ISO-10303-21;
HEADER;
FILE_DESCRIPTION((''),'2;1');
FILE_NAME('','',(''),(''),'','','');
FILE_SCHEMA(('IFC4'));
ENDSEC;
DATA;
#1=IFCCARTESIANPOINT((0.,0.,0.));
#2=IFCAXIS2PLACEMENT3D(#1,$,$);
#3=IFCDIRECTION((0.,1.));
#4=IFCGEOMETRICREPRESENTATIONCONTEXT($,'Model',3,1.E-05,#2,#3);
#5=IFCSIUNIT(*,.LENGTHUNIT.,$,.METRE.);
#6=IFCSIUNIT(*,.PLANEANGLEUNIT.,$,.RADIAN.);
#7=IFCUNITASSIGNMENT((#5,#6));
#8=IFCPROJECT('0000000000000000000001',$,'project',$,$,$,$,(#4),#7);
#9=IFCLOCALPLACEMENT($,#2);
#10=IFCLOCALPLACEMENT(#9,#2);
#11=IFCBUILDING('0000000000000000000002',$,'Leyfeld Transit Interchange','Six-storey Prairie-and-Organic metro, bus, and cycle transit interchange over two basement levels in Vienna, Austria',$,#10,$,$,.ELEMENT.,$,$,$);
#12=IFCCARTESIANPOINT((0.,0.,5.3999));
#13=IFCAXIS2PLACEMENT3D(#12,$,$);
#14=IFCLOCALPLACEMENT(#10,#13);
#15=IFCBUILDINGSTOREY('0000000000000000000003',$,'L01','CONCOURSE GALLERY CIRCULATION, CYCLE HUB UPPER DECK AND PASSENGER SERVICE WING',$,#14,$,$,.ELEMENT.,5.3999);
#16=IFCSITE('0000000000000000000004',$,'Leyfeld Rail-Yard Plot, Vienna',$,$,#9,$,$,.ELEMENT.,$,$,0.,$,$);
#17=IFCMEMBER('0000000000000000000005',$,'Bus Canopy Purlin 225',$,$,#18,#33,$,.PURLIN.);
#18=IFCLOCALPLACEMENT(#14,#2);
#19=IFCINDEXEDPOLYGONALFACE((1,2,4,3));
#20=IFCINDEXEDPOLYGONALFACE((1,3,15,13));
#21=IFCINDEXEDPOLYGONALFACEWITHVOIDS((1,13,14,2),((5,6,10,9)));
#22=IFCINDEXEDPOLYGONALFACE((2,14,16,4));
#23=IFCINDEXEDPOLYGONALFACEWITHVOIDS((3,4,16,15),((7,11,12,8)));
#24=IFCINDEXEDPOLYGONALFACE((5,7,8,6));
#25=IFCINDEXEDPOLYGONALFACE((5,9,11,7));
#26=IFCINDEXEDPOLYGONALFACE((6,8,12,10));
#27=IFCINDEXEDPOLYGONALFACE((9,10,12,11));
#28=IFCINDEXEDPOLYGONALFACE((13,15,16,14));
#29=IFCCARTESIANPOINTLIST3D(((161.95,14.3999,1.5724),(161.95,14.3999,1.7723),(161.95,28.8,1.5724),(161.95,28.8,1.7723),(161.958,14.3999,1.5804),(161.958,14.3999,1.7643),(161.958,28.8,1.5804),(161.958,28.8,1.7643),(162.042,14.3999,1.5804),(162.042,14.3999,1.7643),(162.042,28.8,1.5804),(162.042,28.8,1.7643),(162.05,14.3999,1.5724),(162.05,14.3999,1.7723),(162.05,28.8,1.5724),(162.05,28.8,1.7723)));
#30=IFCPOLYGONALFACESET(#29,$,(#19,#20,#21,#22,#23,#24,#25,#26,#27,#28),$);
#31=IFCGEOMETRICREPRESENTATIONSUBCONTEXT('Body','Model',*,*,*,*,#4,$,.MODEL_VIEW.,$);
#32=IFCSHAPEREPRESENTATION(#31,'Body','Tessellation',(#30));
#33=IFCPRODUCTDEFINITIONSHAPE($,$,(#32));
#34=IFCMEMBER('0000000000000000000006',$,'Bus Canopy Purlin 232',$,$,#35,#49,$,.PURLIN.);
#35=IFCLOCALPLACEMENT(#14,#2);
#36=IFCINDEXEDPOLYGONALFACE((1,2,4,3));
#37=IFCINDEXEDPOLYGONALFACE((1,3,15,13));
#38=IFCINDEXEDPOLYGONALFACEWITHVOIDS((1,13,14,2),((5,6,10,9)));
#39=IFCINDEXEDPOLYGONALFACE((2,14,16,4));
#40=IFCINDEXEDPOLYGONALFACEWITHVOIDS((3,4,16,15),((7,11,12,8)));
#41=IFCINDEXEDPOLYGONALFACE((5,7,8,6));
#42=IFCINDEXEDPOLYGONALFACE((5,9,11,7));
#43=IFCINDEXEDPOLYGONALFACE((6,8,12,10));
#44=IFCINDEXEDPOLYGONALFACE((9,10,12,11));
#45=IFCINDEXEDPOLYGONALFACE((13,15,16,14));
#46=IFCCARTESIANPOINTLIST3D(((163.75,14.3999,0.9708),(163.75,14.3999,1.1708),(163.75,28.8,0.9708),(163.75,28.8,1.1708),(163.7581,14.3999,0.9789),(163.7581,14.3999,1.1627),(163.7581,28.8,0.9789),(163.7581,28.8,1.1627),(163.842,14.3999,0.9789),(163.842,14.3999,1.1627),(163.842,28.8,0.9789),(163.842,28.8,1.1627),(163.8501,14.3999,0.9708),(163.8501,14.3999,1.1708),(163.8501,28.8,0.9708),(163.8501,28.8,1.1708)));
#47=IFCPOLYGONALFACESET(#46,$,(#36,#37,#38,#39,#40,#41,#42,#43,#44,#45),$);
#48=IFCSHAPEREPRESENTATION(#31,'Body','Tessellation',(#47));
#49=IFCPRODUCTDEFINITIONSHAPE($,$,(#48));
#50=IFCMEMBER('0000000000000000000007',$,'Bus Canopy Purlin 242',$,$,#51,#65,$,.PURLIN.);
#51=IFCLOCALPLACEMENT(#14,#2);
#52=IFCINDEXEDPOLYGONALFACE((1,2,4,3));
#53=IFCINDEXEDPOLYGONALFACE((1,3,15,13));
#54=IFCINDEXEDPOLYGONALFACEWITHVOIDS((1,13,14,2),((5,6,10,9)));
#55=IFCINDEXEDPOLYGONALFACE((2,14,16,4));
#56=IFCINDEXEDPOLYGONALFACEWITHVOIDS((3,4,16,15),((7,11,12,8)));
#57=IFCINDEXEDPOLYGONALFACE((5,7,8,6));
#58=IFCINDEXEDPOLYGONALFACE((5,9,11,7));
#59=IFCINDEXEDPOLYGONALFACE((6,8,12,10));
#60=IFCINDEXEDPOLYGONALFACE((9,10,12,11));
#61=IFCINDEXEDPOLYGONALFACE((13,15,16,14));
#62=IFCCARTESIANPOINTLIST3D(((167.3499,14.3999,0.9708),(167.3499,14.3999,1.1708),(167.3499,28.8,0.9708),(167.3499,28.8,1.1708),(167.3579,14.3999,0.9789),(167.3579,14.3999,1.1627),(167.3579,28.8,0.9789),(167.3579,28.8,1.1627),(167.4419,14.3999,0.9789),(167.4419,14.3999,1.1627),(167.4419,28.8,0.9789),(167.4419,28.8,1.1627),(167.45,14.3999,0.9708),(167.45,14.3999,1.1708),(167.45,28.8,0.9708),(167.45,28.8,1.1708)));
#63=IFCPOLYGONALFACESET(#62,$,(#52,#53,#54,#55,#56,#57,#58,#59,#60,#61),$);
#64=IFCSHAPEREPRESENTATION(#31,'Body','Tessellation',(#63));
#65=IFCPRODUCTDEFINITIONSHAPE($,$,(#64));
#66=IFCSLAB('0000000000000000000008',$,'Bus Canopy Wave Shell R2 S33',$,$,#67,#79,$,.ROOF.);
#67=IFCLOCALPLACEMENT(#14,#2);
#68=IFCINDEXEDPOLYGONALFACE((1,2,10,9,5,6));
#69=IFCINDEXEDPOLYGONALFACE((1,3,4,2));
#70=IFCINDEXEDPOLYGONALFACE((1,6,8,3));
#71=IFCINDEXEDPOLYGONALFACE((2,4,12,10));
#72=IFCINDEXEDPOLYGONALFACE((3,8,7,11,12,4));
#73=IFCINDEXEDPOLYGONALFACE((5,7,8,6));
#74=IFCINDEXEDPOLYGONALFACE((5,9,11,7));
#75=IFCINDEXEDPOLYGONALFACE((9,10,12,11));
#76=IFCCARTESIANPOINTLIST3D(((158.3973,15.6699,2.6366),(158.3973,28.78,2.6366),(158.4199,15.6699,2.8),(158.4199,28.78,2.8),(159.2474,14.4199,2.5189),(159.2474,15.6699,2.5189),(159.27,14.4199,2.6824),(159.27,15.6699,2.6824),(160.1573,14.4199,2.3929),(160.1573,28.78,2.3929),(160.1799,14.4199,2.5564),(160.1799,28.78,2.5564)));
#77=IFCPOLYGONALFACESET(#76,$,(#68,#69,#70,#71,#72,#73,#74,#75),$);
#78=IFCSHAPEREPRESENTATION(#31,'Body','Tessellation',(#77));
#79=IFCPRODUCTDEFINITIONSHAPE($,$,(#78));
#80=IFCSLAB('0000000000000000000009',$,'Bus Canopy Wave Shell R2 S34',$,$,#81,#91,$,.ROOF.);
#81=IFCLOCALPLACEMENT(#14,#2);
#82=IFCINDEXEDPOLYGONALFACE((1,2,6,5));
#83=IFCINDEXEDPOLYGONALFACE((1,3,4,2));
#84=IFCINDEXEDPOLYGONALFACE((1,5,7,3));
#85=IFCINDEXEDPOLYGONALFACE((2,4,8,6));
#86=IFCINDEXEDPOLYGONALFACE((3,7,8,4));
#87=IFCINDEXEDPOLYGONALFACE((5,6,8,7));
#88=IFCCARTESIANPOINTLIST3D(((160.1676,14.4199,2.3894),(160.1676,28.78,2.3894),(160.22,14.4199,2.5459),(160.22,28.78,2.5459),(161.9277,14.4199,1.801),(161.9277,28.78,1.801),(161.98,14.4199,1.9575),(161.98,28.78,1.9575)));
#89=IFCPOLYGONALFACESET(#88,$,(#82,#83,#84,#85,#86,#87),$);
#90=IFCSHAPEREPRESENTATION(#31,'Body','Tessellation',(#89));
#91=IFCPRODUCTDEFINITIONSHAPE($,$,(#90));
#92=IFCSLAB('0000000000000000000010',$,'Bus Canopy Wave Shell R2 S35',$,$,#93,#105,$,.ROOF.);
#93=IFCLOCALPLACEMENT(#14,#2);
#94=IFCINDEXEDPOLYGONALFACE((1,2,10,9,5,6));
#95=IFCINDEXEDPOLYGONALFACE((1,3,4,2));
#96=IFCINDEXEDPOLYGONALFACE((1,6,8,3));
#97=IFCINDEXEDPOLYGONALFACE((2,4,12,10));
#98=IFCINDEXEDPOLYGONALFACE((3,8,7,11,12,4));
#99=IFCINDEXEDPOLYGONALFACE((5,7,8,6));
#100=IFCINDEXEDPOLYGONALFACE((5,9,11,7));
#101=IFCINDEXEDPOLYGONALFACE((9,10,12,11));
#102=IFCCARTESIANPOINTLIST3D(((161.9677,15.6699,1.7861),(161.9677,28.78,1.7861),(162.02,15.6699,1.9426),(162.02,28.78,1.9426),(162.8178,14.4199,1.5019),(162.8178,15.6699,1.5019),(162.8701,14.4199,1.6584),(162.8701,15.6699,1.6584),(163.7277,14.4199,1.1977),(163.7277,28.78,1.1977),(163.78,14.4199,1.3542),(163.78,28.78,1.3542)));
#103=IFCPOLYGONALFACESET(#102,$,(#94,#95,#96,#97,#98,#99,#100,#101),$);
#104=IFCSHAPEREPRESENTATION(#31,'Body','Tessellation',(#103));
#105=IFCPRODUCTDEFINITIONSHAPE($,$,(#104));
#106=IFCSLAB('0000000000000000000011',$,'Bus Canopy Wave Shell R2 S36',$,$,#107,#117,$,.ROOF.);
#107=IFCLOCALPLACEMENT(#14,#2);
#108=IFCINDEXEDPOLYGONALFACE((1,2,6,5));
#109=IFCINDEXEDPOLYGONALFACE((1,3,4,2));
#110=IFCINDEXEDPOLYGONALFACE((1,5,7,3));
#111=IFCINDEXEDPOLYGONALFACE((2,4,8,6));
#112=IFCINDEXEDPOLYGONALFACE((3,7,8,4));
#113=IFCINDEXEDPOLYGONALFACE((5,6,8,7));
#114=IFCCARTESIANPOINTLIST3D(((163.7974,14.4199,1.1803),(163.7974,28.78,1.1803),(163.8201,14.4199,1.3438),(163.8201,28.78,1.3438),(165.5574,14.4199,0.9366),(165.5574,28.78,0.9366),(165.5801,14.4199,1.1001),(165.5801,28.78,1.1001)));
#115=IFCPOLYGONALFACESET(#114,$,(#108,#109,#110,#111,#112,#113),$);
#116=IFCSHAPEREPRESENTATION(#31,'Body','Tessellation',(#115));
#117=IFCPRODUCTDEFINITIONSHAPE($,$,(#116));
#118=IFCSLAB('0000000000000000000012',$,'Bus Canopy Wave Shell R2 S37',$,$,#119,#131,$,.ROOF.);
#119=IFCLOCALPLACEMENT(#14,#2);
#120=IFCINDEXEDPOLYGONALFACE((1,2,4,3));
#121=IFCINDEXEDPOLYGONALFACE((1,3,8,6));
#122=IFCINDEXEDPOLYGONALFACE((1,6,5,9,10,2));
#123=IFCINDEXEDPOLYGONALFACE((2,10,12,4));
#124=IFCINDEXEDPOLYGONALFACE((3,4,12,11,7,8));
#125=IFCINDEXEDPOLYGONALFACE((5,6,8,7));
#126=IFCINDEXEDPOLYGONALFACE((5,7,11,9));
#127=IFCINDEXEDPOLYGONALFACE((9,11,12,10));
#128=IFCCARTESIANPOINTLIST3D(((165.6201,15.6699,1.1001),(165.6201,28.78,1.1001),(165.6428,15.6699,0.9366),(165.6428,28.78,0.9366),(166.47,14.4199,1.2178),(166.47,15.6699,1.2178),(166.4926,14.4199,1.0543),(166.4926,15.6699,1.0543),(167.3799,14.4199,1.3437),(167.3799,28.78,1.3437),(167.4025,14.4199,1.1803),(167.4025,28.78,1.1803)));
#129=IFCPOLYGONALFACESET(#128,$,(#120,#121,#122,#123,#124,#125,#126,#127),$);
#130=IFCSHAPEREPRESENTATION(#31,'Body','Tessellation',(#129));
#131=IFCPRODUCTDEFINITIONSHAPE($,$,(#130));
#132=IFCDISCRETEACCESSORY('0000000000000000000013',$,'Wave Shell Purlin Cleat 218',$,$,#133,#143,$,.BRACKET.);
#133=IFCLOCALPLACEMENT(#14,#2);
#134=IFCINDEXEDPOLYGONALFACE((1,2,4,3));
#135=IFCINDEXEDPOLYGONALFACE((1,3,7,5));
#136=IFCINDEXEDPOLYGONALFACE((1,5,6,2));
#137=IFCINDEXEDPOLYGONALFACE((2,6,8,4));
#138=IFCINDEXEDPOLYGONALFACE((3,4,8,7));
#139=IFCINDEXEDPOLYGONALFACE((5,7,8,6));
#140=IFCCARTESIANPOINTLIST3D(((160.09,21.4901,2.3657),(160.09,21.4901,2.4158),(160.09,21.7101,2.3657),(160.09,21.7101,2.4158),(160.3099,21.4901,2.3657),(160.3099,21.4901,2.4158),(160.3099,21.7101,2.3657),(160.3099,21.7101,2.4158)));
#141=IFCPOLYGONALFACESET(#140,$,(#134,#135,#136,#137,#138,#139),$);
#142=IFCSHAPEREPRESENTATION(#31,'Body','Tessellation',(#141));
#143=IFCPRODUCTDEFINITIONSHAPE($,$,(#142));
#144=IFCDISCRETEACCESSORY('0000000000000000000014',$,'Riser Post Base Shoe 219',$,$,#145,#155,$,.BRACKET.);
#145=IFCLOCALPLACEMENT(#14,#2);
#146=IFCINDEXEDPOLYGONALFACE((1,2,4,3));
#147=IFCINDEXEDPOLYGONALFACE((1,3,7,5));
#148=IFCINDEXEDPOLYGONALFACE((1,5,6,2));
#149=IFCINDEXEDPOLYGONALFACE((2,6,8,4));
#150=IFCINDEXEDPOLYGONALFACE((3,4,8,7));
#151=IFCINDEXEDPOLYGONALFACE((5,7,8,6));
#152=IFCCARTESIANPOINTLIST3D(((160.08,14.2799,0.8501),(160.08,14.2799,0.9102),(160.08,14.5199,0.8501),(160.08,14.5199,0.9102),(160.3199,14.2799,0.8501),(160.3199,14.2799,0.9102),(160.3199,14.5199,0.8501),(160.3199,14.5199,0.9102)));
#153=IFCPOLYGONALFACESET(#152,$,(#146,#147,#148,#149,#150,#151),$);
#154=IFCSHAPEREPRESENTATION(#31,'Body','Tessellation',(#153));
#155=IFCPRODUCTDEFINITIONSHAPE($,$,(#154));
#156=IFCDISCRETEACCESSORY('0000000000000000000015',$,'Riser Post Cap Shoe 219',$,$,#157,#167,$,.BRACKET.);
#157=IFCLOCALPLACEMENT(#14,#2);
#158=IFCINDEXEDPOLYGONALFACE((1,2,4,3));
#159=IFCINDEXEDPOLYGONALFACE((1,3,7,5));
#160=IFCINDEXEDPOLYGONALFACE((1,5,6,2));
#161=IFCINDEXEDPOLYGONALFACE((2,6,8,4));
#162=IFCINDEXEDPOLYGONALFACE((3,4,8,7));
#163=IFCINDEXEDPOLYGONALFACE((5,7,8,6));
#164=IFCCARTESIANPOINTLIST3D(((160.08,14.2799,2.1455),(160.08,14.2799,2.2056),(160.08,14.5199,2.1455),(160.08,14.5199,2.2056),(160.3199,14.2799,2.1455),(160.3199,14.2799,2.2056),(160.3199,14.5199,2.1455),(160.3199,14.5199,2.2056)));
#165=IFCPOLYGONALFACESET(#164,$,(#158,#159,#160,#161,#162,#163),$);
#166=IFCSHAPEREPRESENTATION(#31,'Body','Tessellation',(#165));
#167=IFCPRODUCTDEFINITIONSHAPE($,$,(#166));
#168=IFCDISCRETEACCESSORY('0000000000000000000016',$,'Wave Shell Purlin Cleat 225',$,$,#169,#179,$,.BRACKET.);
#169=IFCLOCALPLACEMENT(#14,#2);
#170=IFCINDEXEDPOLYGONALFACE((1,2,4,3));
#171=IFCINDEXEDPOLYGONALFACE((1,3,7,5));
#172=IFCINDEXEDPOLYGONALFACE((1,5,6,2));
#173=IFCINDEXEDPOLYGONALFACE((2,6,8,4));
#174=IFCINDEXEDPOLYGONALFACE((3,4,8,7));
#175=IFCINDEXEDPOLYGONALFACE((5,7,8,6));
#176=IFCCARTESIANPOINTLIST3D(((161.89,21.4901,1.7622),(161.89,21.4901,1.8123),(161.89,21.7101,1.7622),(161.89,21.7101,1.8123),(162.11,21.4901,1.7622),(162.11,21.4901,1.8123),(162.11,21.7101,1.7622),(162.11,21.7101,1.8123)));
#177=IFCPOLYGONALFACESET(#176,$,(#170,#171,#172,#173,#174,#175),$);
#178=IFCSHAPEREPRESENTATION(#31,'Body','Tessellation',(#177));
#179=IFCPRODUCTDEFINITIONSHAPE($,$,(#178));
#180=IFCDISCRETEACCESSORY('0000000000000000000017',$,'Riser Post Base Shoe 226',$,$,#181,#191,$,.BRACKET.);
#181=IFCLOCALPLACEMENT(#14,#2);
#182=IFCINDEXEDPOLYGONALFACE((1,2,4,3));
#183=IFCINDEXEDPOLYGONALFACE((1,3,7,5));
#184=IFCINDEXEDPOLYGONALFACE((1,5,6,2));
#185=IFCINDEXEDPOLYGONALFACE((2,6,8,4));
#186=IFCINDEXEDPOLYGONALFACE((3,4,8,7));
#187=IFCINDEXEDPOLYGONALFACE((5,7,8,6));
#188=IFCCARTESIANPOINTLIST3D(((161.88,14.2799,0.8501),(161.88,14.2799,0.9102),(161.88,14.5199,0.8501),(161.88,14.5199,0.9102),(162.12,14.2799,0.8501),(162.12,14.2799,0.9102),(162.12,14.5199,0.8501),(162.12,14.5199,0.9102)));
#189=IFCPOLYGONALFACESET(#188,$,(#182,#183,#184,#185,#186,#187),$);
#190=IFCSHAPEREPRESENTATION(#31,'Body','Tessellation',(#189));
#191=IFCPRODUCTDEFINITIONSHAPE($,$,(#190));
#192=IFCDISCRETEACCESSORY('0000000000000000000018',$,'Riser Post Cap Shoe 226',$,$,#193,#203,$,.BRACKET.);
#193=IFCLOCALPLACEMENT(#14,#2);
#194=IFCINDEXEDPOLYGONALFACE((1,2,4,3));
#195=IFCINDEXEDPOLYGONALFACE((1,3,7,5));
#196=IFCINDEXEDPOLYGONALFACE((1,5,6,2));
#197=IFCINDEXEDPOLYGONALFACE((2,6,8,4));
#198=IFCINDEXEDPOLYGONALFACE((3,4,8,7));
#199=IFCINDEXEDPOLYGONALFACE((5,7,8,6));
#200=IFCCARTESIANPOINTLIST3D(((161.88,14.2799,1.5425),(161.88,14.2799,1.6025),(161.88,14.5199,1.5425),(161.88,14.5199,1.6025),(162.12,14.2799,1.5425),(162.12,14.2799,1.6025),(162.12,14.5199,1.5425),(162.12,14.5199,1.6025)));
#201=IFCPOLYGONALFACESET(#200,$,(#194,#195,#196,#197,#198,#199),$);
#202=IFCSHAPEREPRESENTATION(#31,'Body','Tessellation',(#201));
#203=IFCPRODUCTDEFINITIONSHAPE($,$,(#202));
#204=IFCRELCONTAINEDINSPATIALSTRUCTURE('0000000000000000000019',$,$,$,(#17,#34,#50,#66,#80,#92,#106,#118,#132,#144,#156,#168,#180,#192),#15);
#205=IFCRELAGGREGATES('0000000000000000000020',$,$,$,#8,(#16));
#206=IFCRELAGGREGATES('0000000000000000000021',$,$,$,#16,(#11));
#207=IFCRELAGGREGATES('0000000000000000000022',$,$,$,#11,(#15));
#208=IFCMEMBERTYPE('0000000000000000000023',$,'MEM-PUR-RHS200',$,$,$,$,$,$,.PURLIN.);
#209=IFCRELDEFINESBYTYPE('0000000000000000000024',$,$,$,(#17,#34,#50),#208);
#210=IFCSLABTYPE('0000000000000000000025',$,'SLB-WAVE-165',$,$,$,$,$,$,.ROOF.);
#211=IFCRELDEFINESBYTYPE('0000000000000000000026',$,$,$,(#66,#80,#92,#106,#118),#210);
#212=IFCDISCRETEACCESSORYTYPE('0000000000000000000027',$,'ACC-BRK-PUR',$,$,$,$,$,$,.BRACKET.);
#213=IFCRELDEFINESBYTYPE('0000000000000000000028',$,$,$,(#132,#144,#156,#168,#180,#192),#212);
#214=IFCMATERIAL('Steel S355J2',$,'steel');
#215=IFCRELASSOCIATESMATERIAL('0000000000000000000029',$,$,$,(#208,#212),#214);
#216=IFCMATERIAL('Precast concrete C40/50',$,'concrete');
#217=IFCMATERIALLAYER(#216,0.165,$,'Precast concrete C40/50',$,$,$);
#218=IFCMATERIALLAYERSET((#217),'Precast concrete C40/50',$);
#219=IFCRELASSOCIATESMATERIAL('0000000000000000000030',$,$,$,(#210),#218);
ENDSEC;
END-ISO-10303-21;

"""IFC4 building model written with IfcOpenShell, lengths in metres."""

from ifc_helpers import new_model, si_unit, direction, frame, origin, origin_2d, place, context, subcontext, project, spatial, polyline, rectangle, hollow_rectangle, outline, extrude, material, layer, layer_set, material_profile, profile_set, type_object, element, save


model = new_model("IFC4")

# Units and contexts
model_context = context("Model", 3, precision=1e-05, world=origin(), true_north=direction((0.0, 1.0)))
body_context = subcontext(model_context, "Body", "Model", "MODEL_VIEW")
ifc_project = project(units=[si_unit("LENGTHUNIT", "METRE"), si_unit("PLANEANGLEUNIT", "RADIAN")], contexts=[model_context])

# Site, building, storey
site_placement = place(None, origin())
site = spatial("IfcSite", under=ifc_project, at=site_placement, Name="Leyfeld Rail-Yard Plot, Vienna", CompositionType="ELEMENT", RefElevation=0.0)
building_placement = place(site_placement, origin())
building = spatial("IfcBuilding", under=site, at=building_placement, Name="Leyfeld Transit Interchange", Description="Six-storey Prairie-and-Organic metro, bus, and cycle transit interchange over two basement levels in Vienna, Austria", CompositionType="ELEMENT")
storey_placement = place(building_placement, frame((0.0, 0.0, 5.3999)))
storey = spatial("IfcBuildingStorey", under=building, at=storey_placement, Name="L01", Description="CONCOURSE GALLERY CIRCULATION, CYCLE HUB UPPER DECK AND PASSENGER SERVICE WING", CompositionType="ELEMENT", Elevation=5.3999)

# Members
ifc_material_1 = material(Name="Steel S355J2", Category="steel")
ifc_material_profile_1 = material_profile(ifc_material_1, hollow_rectangle(XDim=0.1001, YDim=0.2, WallThickness=0.0081, at=origin_2d()), Name="RHS 200x100x8")
ifc_profile_set_1 = profile_set([ifc_material_profile_1], Name="Steel S355J2")
member_type_1 = type_object("IfcMemberType", Name="MEM-PUR-RHS200", PredefinedType="PURLIN", material=ifc_profile_set_1)
for number, where, z_axis, x_axis, name in (
    (1, (162.0, 14.3999, 1.6724), (0.0, 1.0, 0.0), (-1.0, 0.0, 0.0), "Bus Canopy Purlin 225"),
    (2, (163.8, 14.3999, 1.0708), (0.0, 1.0, 0.0), (-1.0, 0.0, 0.0), "Bus Canopy Purlin 232"),
    (3, (167.3999, 14.3999, 1.0708), (0.0, 1.0, 0.0), (-1.0, 0.0, 0.0), "Bus Canopy Purlin 242"),
):
    element("IfcMember", number, at=place(storey_placement, frame(where, z_axis=z_axis, x_axis=x_axis)), inside=storey, type_object=member_type_1, Name=name, PredefinedType="PURLIN", context=body_context, shape_type="SweptSolid", body=[
        extrude(hollow_rectangle(XDim=0.1001, YDim=0.2, WallThickness=0.0081, at=origin_2d()), origin(), (0.0, 0.0, 1.0), 14.4001),
    ])

# Slabs
ifc_material_2 = material(Name="Precast concrete C40/50", Category="concrete")
ifc_layer = layer(ifc_material_2, 0.165, Name="Precast concrete C40/50")
ifc_layer_set = layer_set([ifc_layer], Name="Precast concrete C40/50")
slab_type = type_object("IfcSlabType", Name="SLB-WAVE-165", PredefinedType="ROOF", material=ifc_layer_set)
slab_1_placement = place(storey_placement, frame((158.4199, 15.6699, 2.8), z_axis=(0.137131, 0.0, 0.990553), x_axis=(0.990553, 0.0, -0.137131)))
element("IfcSlab", 4, at=slab_1_placement, inside=storey, type_object=slab_type, Name="Bus Canopy Wave Shell R2 S33", PredefinedType="ROOF", context=body_context, shape_type="SweptSolid", body=[
    extrude(outline(polyline([(0.0, 0.0), (0.8582, 0.0), (0.8582, -1.25), (1.7768, -1.25), (1.7768, 13.1101), (0.0, 13.1101), (0.0, 0.0)])), origin(), (0.0, 0.0, -1.0), 0.165),
])
slab_2_placement = place(storey_placement, frame((160.22, 14.4199, 2.5459), z_axis=(0.317056, 0.0, 0.948407), x_axis=(0.948407, 0.0, -0.317056)))
element("IfcSlab", 5, at=slab_2_placement, inside=storey, type_object=slab_type, Name="Bus Canopy Wave Shell R2 S34", PredefinedType="ROOF", context=body_context, shape_type="SweptSolid", body=[
    extrude(outline(polyline([(0.0, 0.0), (1.8558, 0.0), (1.8558, 14.3601), (0.0, 14.3601), (0.0, 0.0)])), origin(), (0.0, 0.0, -1.0), 0.165),
])
slab_3_placement = place(storey_placement, frame((162.02, 15.6699, 1.9426), z_axis=(0.317057, 0.0, 0.948406), x_axis=(0.948406, 0.0, -0.317057)))
element("IfcSlab", 6, at=slab_3_placement, inside=storey, type_object=slab_type, Name="Bus Canopy Wave Shell R2 S35", PredefinedType="ROOF", context=body_context, shape_type="SweptSolid", body=[
    extrude(outline(polyline([(0.0, 0.0), (0.8963, 0.0), (0.8963, -1.25), (1.8558, -1.25), (1.8558, 13.1101), (0.0, 13.1101), (0.0, 0.0)])), origin(), (0.0, 0.0, -1.0), 0.165),
])
slab_4_placement = place(storey_placement, frame((163.8201, 14.4199, 1.3438), z_axis=(0.13713, 0.0, 0.990553), x_axis=(0.990553, 0.0, -0.13713)))
element("IfcSlab", 7, at=slab_4_placement, inside=storey, type_object=slab_type, Name="Bus Canopy Wave Shell R2 S36", PredefinedType="ROOF", context=body_context, shape_type="SweptSolid", body=[
    extrude(outline(polyline([(0.0, 0.0), (1.7768, 0.0), (1.7768, 14.3601), (0.0, 14.3601), (0.0, 0.0)])), origin(), (0.0, 0.0, -1.0), 0.165),
])
slab_5_placement = place(storey_placement, frame((165.6201, 15.6699, 1.1001), z_axis=(-0.137149, 0.0, 0.99055), x_axis=(0.99055, 0.0, 0.137149)))
element("IfcSlab", 8, at=slab_5_placement, inside=storey, type_object=slab_type, Name="Bus Canopy Wave Shell R2 S37", PredefinedType="ROOF", context=body_context, shape_type="SweptSolid", body=[
    extrude(outline(polyline([(0.0, 0.0), (0.858, 0.0), (0.858, -1.25), (1.7766, -1.25), (1.7766, 13.1101), (0.0, 13.1101), (0.0, 0.0)])), origin(), (0.0, 0.0, -1.0), 0.165),
])

# Discrete accessories
discrete_accessory_type = type_object("IfcDiscreteAccessoryType", Name="ACC-BRK-PUR", PredefinedType="BRACKET", material=ifc_material_1)
discrete_accessory_1_placement = place(storey_placement, frame((160.2, 21.6001, 2.3657), z_axis=(0.0, 0.0, 1.0), x_axis=(1.0, 0.0, 0.0)))
element("IfcDiscreteAccessory", 9, at=discrete_accessory_1_placement, inside=storey, type_object=discrete_accessory_type, Name="Wave Shell Purlin Cleat 218", PredefinedType="BRACKET", context=body_context, shape_type="SweptSolid", body=[
    extrude(rectangle(XDim=0.22, YDim=0.22, at=origin_2d()), origin(), (0.0, 0.0, 1.0), 0.05),
])
for number, where, z_axis, x_axis, name in (
    (10, (160.2, 14.3999, 0.8501), (0.0, 0.0, 1.0), (1.0, 0.0, 0.0), "Riser Post Base Shoe 219"),
    (11, (160.2, 14.3999, 2.1455), (0.0, 0.0, 1.0), (1.0, 0.0, 0.0), "Riser Post Cap Shoe 219"),
):
    element("IfcDiscreteAccessory", number, at=place(storey_placement, frame(where, z_axis=z_axis, x_axis=x_axis)), inside=storey, type_object=discrete_accessory_type, Name=name, PredefinedType="BRACKET", context=body_context, shape_type="SweptSolid", body=[
        extrude(rectangle(XDim=0.24, YDim=0.24, at=origin_2d()), origin(), (0.0, 0.0, 1.0), 0.0601),
    ])
discrete_accessory_2_placement = place(storey_placement, frame((162.0, 21.6001, 1.7622), z_axis=(0.0, 0.0, 1.0), x_axis=(1.0, 0.0, 0.0)))
element("IfcDiscreteAccessory", 12, at=discrete_accessory_2_placement, inside=storey, type_object=discrete_accessory_type, Name="Wave Shell Purlin Cleat 225", PredefinedType="BRACKET", context=body_context, shape_type="SweptSolid", body=[
    extrude(rectangle(XDim=0.22, YDim=0.22, at=origin_2d()), origin(), (0.0, 0.0, 1.0), 0.05),
])
for number, where, z_axis, x_axis, name in (
    (13, (162.0, 14.3999, 0.8501), (0.0, 0.0, 1.0), (1.0, 0.0, 0.0), "Riser Post Base Shoe 226"),
    (14, (162.0, 14.3999, 1.5425), (0.0, 0.0, 1.0), (1.0, 0.0, 0.0), "Riser Post Cap Shoe 226"),
):
    element("IfcDiscreteAccessory", number, at=place(storey_placement, frame(where, z_axis=z_axis, x_axis=x_axis)), inside=storey, type_object=discrete_accessory_type, Name=name, PredefinedType="BRACKET", context=body_context, shape_type="SweptSolid", body=[
        extrude(rectangle(XDim=0.24, YDim=0.24, at=origin_2d()), origin(), (0.0, 0.0, 1.0), 0.0601),
    ])

save(model, "model.ifc")
